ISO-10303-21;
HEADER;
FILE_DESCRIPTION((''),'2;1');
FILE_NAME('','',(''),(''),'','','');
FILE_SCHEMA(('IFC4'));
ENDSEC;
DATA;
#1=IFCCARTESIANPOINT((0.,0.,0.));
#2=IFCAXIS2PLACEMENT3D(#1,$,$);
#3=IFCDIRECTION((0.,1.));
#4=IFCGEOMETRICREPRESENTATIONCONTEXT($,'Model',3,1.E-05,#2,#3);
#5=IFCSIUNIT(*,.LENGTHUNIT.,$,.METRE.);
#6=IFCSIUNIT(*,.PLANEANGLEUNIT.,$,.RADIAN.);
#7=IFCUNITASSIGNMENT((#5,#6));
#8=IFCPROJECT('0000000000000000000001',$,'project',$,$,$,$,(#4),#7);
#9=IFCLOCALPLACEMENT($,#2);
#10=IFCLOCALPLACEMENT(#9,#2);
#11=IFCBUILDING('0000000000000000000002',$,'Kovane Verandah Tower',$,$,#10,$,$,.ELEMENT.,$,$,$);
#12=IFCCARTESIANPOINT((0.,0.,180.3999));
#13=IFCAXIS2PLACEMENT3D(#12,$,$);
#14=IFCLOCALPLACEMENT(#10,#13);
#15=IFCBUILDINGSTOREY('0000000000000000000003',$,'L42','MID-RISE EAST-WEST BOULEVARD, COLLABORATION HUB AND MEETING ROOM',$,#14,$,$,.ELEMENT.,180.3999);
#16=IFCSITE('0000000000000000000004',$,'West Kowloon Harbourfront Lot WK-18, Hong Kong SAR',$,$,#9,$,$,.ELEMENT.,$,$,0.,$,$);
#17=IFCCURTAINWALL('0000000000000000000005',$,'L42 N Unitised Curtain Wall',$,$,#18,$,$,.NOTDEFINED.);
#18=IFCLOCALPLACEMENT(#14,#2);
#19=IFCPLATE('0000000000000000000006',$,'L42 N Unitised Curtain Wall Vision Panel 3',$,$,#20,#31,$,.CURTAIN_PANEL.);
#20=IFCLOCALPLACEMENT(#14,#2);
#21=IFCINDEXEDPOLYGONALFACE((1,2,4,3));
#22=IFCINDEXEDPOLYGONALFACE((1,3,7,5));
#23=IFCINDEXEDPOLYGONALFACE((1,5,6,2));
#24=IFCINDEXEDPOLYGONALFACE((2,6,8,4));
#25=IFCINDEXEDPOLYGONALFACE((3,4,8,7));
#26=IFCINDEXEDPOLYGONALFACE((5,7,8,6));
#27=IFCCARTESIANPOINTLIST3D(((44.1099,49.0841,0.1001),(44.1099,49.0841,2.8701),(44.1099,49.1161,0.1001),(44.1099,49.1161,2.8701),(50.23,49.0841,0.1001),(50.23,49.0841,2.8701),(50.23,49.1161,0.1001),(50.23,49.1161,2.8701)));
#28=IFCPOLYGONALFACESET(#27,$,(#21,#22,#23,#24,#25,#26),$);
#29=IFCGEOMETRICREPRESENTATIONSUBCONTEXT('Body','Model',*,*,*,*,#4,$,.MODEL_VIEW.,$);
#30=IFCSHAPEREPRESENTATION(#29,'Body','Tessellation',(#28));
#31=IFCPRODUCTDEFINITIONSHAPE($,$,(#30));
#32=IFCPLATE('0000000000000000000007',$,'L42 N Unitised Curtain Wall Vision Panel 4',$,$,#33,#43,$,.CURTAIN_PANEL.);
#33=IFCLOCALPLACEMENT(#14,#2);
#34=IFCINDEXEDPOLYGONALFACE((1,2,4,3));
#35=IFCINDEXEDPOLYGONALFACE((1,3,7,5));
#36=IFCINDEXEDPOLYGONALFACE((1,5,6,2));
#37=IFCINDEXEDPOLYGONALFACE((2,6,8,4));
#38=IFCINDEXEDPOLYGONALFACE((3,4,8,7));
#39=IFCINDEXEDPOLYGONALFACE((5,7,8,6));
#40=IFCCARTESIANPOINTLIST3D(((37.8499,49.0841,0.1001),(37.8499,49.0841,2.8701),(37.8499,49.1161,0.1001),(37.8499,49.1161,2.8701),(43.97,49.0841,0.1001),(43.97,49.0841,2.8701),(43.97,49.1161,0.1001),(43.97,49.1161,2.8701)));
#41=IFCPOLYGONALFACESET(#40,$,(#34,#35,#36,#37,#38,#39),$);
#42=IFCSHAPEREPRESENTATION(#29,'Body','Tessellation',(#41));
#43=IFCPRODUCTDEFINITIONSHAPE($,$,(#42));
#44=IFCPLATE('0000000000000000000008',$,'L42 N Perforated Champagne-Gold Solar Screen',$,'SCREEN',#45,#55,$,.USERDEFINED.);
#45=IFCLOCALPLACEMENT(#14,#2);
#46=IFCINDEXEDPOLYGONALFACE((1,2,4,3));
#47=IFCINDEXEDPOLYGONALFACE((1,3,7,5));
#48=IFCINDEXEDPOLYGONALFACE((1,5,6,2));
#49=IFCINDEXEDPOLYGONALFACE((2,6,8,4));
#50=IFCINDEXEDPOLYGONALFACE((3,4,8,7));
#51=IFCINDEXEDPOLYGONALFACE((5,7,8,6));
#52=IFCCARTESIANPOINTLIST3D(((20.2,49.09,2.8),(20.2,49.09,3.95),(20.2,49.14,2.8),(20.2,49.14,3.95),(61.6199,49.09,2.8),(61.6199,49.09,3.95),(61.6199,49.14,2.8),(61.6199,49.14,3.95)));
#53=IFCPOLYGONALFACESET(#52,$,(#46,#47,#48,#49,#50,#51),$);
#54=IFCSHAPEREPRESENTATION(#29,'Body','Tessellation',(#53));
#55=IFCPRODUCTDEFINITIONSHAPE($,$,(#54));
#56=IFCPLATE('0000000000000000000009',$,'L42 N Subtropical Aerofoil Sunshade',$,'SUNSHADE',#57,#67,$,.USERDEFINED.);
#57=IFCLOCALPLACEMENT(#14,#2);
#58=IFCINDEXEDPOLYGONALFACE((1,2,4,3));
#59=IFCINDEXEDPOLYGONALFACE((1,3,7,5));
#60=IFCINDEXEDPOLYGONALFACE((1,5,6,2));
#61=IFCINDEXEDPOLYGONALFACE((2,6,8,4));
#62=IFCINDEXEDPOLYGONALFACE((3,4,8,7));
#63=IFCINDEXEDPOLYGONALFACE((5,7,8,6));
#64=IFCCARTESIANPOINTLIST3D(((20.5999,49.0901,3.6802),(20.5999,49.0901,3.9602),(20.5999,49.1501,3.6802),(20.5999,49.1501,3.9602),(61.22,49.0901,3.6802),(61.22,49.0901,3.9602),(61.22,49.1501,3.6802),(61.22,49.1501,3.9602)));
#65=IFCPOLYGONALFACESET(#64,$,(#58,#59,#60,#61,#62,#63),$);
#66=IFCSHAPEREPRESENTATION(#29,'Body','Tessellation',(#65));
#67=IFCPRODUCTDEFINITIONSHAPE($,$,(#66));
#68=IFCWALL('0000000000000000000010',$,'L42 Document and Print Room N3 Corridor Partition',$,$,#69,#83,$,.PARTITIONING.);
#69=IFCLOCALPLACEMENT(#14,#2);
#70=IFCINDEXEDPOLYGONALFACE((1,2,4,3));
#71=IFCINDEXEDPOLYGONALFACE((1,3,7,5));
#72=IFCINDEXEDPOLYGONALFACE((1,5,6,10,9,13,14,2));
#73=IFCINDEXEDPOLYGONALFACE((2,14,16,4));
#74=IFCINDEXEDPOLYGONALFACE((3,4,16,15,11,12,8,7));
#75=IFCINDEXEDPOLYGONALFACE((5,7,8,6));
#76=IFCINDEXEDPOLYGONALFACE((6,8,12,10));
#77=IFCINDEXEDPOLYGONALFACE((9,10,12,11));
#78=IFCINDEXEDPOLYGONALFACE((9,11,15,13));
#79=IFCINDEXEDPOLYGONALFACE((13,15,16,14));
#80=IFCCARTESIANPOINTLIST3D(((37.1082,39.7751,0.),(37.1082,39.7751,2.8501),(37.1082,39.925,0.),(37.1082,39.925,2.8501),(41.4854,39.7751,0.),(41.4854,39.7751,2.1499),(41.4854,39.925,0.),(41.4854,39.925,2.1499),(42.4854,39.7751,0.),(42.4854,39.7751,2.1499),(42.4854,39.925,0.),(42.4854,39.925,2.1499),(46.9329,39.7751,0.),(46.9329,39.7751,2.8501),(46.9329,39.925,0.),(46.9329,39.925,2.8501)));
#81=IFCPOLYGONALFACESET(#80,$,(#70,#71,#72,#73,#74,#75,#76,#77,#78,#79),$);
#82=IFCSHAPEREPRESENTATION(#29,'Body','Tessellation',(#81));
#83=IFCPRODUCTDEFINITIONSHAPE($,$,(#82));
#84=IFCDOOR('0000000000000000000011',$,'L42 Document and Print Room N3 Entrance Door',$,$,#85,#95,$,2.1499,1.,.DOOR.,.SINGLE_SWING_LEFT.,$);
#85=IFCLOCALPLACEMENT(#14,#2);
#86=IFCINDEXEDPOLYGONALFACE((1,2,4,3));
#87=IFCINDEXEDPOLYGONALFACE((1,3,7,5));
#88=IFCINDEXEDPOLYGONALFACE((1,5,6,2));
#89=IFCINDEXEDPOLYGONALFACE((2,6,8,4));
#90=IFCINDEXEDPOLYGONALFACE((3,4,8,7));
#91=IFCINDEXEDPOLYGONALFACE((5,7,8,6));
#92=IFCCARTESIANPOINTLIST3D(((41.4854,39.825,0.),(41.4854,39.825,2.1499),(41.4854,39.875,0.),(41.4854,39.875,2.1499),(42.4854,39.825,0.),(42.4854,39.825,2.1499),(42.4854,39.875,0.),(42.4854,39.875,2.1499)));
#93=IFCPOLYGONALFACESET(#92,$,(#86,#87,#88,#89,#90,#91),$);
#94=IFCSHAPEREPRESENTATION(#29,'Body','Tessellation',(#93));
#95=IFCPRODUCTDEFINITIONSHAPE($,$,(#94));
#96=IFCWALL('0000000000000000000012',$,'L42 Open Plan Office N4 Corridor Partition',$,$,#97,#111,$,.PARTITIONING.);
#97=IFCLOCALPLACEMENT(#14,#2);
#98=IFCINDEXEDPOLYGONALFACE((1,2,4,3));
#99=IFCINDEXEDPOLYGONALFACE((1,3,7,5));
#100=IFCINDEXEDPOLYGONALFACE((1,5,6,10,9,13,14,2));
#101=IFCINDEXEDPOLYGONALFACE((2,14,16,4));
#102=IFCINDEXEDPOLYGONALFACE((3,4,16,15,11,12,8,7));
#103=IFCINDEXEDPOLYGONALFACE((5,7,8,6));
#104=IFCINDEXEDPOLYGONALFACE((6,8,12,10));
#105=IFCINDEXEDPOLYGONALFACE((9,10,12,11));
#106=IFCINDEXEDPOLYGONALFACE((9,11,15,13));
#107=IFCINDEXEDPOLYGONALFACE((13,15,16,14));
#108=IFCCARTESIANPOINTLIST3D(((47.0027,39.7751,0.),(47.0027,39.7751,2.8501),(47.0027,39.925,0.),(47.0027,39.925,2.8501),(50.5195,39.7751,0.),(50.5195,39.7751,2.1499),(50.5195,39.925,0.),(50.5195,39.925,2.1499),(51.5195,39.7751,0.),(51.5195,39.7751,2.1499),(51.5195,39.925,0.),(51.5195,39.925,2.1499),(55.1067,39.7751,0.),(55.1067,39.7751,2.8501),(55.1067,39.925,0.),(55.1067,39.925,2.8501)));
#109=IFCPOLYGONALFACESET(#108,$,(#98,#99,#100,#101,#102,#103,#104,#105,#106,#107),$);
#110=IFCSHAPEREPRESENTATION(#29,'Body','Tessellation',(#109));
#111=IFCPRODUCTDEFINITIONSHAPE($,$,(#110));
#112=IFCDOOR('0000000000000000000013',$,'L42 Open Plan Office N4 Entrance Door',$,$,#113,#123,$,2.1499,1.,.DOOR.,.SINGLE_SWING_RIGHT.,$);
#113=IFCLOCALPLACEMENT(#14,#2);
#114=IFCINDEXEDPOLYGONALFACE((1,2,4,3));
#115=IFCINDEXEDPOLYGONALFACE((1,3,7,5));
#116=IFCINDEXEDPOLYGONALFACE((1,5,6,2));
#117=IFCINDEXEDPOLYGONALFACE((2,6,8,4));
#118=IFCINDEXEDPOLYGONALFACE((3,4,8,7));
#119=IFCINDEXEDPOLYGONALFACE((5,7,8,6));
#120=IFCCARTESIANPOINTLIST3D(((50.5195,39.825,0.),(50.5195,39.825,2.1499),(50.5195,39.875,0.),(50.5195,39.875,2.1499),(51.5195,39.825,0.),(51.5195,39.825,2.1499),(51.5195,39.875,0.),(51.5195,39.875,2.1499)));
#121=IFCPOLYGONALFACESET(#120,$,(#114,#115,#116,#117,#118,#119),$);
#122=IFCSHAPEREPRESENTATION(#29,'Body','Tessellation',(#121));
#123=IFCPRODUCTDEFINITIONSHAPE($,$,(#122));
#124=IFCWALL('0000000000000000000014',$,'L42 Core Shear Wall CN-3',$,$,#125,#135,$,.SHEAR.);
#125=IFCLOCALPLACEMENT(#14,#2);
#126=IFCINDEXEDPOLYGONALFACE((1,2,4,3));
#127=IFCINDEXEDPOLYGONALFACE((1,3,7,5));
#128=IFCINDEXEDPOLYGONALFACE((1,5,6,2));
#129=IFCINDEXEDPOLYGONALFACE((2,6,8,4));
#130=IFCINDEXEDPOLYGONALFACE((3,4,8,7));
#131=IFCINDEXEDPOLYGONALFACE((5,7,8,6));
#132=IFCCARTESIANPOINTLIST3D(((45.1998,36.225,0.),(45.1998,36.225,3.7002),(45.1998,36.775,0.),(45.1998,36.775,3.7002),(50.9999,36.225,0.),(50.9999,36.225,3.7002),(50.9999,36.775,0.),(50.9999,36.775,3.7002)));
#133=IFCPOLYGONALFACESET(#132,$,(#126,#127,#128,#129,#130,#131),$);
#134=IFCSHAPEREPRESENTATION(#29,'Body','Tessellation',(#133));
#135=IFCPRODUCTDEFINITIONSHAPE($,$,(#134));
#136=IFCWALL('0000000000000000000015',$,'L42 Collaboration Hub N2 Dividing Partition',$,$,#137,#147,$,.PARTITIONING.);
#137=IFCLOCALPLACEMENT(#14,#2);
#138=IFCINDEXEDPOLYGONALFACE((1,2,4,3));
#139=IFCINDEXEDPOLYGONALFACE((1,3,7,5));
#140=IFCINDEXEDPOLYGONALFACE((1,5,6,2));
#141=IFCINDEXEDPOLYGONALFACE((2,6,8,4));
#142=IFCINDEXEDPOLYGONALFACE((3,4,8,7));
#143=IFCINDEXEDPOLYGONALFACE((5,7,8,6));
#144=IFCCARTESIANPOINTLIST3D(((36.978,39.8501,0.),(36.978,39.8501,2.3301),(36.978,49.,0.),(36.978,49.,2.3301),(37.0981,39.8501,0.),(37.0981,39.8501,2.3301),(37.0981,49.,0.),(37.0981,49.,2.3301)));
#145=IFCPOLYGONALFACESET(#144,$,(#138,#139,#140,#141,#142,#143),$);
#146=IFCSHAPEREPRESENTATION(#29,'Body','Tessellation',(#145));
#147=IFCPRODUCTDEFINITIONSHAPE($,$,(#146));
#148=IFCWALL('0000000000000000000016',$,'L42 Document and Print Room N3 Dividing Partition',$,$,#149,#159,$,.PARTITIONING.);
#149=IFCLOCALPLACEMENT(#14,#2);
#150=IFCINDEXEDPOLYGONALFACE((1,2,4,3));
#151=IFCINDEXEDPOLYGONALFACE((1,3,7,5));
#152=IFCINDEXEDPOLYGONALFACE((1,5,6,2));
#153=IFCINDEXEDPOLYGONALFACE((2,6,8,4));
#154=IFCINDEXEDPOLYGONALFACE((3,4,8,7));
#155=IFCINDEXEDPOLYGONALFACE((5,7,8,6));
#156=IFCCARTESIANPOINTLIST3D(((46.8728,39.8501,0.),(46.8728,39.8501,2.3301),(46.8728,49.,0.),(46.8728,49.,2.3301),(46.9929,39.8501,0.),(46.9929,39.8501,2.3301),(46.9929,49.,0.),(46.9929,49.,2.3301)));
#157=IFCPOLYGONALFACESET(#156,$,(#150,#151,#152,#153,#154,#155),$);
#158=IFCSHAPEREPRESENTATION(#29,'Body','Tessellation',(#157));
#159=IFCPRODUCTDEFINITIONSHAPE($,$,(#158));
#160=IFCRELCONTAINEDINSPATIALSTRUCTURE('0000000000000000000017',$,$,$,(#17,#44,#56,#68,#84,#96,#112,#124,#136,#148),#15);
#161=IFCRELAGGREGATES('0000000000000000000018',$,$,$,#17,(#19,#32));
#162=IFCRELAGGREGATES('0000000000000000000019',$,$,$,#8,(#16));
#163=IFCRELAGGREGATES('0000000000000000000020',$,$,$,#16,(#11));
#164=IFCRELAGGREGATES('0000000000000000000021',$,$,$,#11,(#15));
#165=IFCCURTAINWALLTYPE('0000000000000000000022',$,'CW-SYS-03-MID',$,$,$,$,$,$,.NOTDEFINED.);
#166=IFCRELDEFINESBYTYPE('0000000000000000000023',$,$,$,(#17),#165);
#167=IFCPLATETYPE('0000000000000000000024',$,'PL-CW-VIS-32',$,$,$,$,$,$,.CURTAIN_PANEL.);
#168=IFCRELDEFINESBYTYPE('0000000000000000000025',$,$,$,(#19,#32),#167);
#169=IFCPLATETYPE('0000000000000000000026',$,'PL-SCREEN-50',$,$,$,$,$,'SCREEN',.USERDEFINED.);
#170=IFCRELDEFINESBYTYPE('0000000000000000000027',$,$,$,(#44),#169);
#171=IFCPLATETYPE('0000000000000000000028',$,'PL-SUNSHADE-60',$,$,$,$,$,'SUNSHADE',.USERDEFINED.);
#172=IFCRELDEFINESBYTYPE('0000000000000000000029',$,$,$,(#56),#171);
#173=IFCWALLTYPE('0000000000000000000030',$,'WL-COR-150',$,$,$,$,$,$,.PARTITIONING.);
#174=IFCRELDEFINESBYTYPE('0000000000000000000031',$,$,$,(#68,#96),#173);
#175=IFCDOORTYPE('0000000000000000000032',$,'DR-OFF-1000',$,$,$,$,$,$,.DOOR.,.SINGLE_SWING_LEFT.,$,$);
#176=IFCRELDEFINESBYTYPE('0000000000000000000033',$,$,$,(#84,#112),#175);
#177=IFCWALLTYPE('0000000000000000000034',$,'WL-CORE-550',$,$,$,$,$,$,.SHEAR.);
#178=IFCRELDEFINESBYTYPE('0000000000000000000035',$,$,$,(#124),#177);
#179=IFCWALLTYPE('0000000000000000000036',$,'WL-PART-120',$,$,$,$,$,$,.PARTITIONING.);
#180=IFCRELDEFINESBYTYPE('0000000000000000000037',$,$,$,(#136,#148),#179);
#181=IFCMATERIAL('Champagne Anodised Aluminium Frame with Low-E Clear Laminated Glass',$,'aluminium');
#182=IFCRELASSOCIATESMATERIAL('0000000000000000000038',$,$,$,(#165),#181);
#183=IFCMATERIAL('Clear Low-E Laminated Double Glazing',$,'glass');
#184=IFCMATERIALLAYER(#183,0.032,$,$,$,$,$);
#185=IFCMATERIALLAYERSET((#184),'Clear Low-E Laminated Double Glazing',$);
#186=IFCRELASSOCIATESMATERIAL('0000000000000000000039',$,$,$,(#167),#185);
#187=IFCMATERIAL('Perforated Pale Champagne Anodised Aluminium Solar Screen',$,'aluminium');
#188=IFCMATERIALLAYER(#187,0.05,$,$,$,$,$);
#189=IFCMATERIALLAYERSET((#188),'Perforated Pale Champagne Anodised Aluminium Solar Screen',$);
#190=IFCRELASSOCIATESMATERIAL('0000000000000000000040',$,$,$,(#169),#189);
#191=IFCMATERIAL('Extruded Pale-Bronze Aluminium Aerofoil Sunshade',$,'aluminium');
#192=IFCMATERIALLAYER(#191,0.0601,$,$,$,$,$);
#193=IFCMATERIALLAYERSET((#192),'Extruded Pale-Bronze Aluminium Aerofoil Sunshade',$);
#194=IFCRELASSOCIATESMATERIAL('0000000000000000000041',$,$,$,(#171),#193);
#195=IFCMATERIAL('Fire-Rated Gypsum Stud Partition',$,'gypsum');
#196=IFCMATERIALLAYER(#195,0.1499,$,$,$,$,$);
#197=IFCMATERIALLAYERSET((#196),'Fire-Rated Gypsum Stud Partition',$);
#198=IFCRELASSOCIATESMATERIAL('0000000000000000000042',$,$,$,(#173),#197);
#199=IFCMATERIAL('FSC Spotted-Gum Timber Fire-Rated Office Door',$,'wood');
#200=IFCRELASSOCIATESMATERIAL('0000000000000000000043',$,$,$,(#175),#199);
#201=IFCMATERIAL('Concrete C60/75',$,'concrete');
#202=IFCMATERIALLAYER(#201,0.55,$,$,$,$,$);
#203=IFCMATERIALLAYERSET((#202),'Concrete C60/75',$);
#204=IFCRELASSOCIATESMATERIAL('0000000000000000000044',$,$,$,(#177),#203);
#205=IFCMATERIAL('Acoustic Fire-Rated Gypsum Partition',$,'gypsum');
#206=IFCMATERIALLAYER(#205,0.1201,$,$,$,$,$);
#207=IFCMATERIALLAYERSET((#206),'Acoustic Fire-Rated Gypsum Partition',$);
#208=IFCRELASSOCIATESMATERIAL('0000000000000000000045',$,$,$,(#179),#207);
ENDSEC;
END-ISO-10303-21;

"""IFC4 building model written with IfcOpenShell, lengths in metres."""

from ifc_helpers import new_model, si_unit, direction, frame, frame_2d, origin, origin_2d, place, context, subcontext, project, spatial, rectangle, extrude, material, layer, layer_set, type_object, element, fill, aggregate, save


model = new_model("IFC4")

# Units and contexts
model_context = context("Model", 3, precision=1e-05, world=origin(), true_north=direction((0.0, 1.0)))
body_context = subcontext(model_context, "Body", "Model", "MODEL_VIEW")
ifc_project = project(units=[si_unit("LENGTHUNIT", "METRE"), si_unit("PLANEANGLEUNIT", "RADIAN")], contexts=[model_context])

# Site, building, storey
site_placement = place(None, origin())
site = spatial("IfcSite", under=ifc_project, at=site_placement, Name="West Kowloon Harbourfront Lot WK-18, Hong Kong SAR", CompositionType="ELEMENT", RefElevation=0.0)
building_placement = place(site_placement, origin())
building = spatial("IfcBuilding", under=site, at=building_placement, Name="Kovane Verandah Tower", CompositionType="ELEMENT")
storey_placement = place(building_placement, frame((0.0, 0.0, 180.3999)))
storey = spatial("IfcBuildingStorey", under=building, at=storey_placement, Name="L42", Description="MID-RISE EAST-WEST BOULEVARD, COLLABORATION HUB AND MEETING ROOM", CompositionType="ELEMENT", Elevation=180.3999)

# Shared definitions
ifc_material_1 = material(Name="Concrete C60/75", Category="concrete")

# Curtain wall, plates
ifc_material_2 = material(Name="Champagne Anodised Aluminium Frame with Low-E Clear Laminated Glass", Category="aluminium")
curtain_wall_type = type_object("IfcCurtainWallType", Name="CW-SYS-03-MID", PredefinedType="NOTDEFINED", material=ifc_material_2)
curtain_wall_placement = place(storey_placement, origin())
curtain_wall = element("IfcCurtainWall", 1, at=curtain_wall_placement, inside=storey, type_object=curtain_wall_type, Name="L42 N Unitised Curtain Wall", PredefinedType="NOTDEFINED")
ifc_material_3 = material(Name="Clear Low-E Laminated Double Glazing", Category="glass")
ifc_layer_1 = layer(ifc_material_3, 0.032)
ifc_layer_set_1 = layer_set([ifc_layer_1], Name="Clear Low-E Laminated Double Glazing")
plate_type_1 = type_object("IfcPlateType", Name="PL-CW-VIS-32", PredefinedType="CURTAIN_PANEL", material=ifc_layer_set_1)
plate_1_placement = place(storey_placement, frame((47.1699, 49.1001, 0.1001), z_axis=(0.0, 0.0, 1.0), x_axis=(-1.0, 0.0, 0.0)))
plate_1 = element("IfcPlate", 2, at=plate_1_placement, type_object=plate_type_1, Name="L42 N Unitised Curtain Wall Vision Panel 3", PredefinedType="CURTAIN_PANEL", context=body_context, shape_type="SweptSolid", body=[
    extrude(rectangle(XDim=6.1201, YDim=0.032, at=origin_2d()), origin(), (0.0, 0.0, 1.0), 2.77),
])
plate_2_placement = place(storey_placement, frame((40.9099, 49.1001, 0.1001), z_axis=(0.0, 0.0, 1.0), x_axis=(-1.0, 0.0, 0.0)))
plate_2 = element("IfcPlate", 3, at=plate_2_placement, type_object=plate_type_1, Name="L42 N Unitised Curtain Wall Vision Panel 4", PredefinedType="CURTAIN_PANEL", context=body_context, shape_type="SweptSolid", body=[
    extrude(rectangle(XDim=6.1201, YDim=0.032, at=origin_2d()), origin(), (0.0, 0.0, 1.0), 2.77),
])
aggregate(curtain_wall, [plate_1, plate_2])

# Plates
ifc_material_4 = material(Name="Perforated Pale Champagne Anodised Aluminium Solar Screen", Category="aluminium")
ifc_layer_2 = layer(ifc_material_4, 0.05)
ifc_layer_set_2 = layer_set([ifc_layer_2], Name="Perforated Pale Champagne Anodised Aluminium Solar Screen")
plate_type_2 = type_object("IfcPlateType", Name="PL-SCREEN-50", ElementType="SCREEN", PredefinedType="USERDEFINED", material=ifc_layer_set_2)
plate_3_placement = place(storey_placement, frame((40.9099, 49.115, 2.8), z_axis=(0.0, 0.0, 1.0), x_axis=(-1.0, 0.0, 0.0)))
element("IfcPlate", 4, at=plate_3_placement, inside=storey, type_object=plate_type_2, Name="L42 N Perforated Champagne-Gold Solar Screen", ObjectType="SCREEN", PredefinedType="USERDEFINED", context=body_context, shape_type="SweptSolid", body=[
    extrude(rectangle(XDim=41.4199, YDim=0.05, at=origin_2d()), origin(), (0.0, 0.0, 1.0), 1.1499),
])
ifc_material_5 = material(Name="Extruded Pale-Bronze Aluminium Aerofoil Sunshade", Category="aluminium")
ifc_layer_3 = layer(ifc_material_5, 0.0601)
ifc_layer_set_3 = layer_set([ifc_layer_3], Name="Extruded Pale-Bronze Aluminium Aerofoil Sunshade")
plate_type_3 = type_object("IfcPlateType", Name="PL-SUNSHADE-60", ElementType="SUNSHADE", PredefinedType="USERDEFINED", material=ifc_layer_set_3)
plate_4_placement = place(storey_placement, frame((40.9099, 49.1201, 3.6802), z_axis=(0.0, 0.0, 1.0), x_axis=(-1.0, 0.0, 0.0)))
element("IfcPlate", 5, at=plate_4_placement, inside=storey, type_object=plate_type_3, Name="L42 N Subtropical Aerofoil Sunshade", ObjectType="SUNSHADE", PredefinedType="USERDEFINED", context=body_context, shape_type="SweptSolid", body=[
    extrude(rectangle(XDim=40.6201, YDim=0.0601, at=origin_2d()), origin(), (0.0, 0.0, 1.0), 0.28),
])

# Walls, openings, doors
ifc_material_6 = material(Name="Fire-Rated Gypsum Stud Partition", Category="gypsum")
ifc_layer_4 = layer(ifc_material_6, 0.1499)
ifc_layer_set_4 = layer_set([ifc_layer_4], Name="Fire-Rated Gypsum Stud Partition")
wall_type_1 = type_object("IfcWallType", Name="WL-COR-150", PredefinedType="PARTITIONING", material=ifc_layer_set_4)
wall_1_placement = place(storey_placement, frame((37.1082, 39.8501, 0.0), z_axis=(0.0, 0.0, 1.0), x_axis=(1.0, 0.0, 0.0)))
wall_1 = element("IfcWall", 6, at=wall_1_placement, inside=storey, type_object=wall_type_1, Name="L42 Document and Print Room N3 Corridor Partition", PredefinedType="PARTITIONING", context=body_context, shape_type="SweptSolid", body=[
    extrude(rectangle(XDim=9.8247, YDim=0.1499, at=frame_2d((4.9124, 0.0))), origin(), (0.0, 0.0, 1.0), 2.8501),
])
opening_1_placement = place(wall_1_placement, frame((4.3772, 0.0, 0.0)))
opening_1 = element("IfcOpeningElement", 7, at=opening_1_placement, cuts=wall_1, PredefinedType="OPENING", context=body_context, shape_type="SweptSolid", body=[
    extrude(rectangle(XDim=1.0, YDim=2.1499, at=frame_2d((0.5, 1.075))), frame((0.0, 0.075, 0.0), z_axis=(0.0, -1.0, 0.0), x_axis=(1.0, 0.0, 0.0)), (0.0, 0.0, 1.0), 0.1499),
])
ifc_material_7 = material(Name="FSC Spotted-Gum Timber Fire-Rated Office Door", Category="wood")
door_type = type_object("IfcDoorType", Name="DR-OFF-1000", OperationType="SINGLE_SWING_LEFT", PredefinedType="DOOR", material=ifc_material_7)
door_1_placement = place(opening_1_placement, origin())
door_1 = element("IfcDoor", 8, at=door_1_placement, inside=storey, type_object=door_type, Name="L42 Document and Print Room N3 Entrance Door", OperationType="SINGLE_SWING_LEFT", OverallHeight=2.1499, OverallWidth=1.0, PredefinedType="DOOR", context=body_context, shape_type="SweptSolid", body=[
    extrude(rectangle(XDim=1.0, YDim=2.1499, at=frame_2d((0.5, 1.075))), frame((0.0, 0.0249, 0.0), z_axis=(0.0, -1.0, 0.0), x_axis=(1.0, 0.0, 0.0)), (0.0, 0.0, 1.0), 0.05),
])
fill(opening_1, door_1)
wall_2_placement = place(storey_placement, frame((47.0027, 39.8501, 0.0), z_axis=(0.0, 0.0, 1.0), x_axis=(1.0, 0.0, 0.0)))
wall_2 = element("IfcWall", 9, at=wall_2_placement, inside=storey, type_object=wall_type_1, Name="L42 Open Plan Office N4 Corridor Partition", PredefinedType="PARTITIONING", context=body_context, shape_type="SweptSolid", body=[
    extrude(rectangle(XDim=8.104, YDim=0.1499, at=frame_2d((4.052, 0.0))), origin(), (0.0, 0.0, 1.0), 2.8501),
])
opening_2_placement = place(wall_2_placement, frame((3.5168, 0.0, 0.0)))
opening_2 = element("IfcOpeningElement", 10, at=opening_2_placement, cuts=wall_2, PredefinedType="OPENING", context=body_context, shape_type="SweptSolid", body=[
    extrude(rectangle(XDim=1.0, YDim=2.1499, at=frame_2d((0.5, 1.075))), frame((0.0, 0.075, 0.0), z_axis=(0.0, -1.0, 0.0), x_axis=(1.0, 0.0, 0.0)), (0.0, 0.0, 1.0), 0.1499),
])
door_2_placement = place(opening_2_placement, origin())
door_2 = element("IfcDoor", 11, at=door_2_placement, inside=storey, type_object=door_type, Name="L42 Open Plan Office N4 Entrance Door", OperationType="SINGLE_SWING_RIGHT", OverallHeight=2.1499, OverallWidth=1.0, PredefinedType="DOOR", context=body_context, shape_type="SweptSolid", body=[
    extrude(rectangle(XDim=1.0, YDim=2.1499, at=frame_2d((0.5, 1.075))), frame((0.0, 0.0249, 0.0), z_axis=(0.0, -1.0, 0.0), x_axis=(1.0, 0.0, 0.0)), (0.0, 0.0, 1.0), 0.05),
])
fill(opening_2, door_2)

# Walls
ifc_layer_5 = layer(ifc_material_1, 0.55)
ifc_layer_set_5 = layer_set([ifc_layer_5], Name="Concrete C60/75")
wall_type_2 = type_object("IfcWallType", Name="WL-CORE-550", PredefinedType="SHEAR", material=ifc_layer_set_5)
wall_3_placement = place(storey_placement, frame((45.2, 36.5, 0.0), z_axis=(0.0, 0.0, 1.0), x_axis=(1.0, 0.0, 0.0)))
element("IfcWall", 12, at=wall_3_placement, inside=storey, type_object=wall_type_2, Name="L42 Core Shear Wall CN-3", PredefinedType="SHEAR", context=body_context, shape_type="SweptSolid", body=[
    extrude(rectangle(XDim=5.8, YDim=0.55, at=frame_2d((2.8999, 0.0))), origin(), (0.0, 0.0, 1.0), 3.7002),
])
ifc_material_8 = material(Name="Acoustic Fire-Rated Gypsum Partition", Category="gypsum")
ifc_layer_6 = layer(ifc_material_8, 0.1201)
ifc_layer_set_6 = layer_set([ifc_layer_6], Name="Acoustic Fire-Rated Gypsum Partition")
wall_type_3 = type_object("IfcWallType", Name="WL-PART-120", PredefinedType="PARTITIONING", material=ifc_layer_set_6)
for number, where, z_axis, x_axis, name in (
    (13, (37.0381, 39.8501, 0.0), (0.0, 0.0, 1.0), (0.0, 1.0, 0.0), "L42 Collaboration Hub N2 Dividing Partition"),
    (14, (46.9329, 39.8501, 0.0), (0.0, 0.0, 1.0), (0.0, 1.0, 0.0), "L42 Document and Print Room N3 Dividing Partition"),
):
    element("IfcWall", number, at=place(storey_placement, frame(where, z_axis=z_axis, x_axis=x_axis)), inside=storey, type_object=wall_type_3, Name=name, PredefinedType="PARTITIONING", context=body_context, shape_type="SweptSolid", body=[
        extrude(rectangle(XDim=9.1499, YDim=0.1201, at=frame_2d((4.575, 0.0))), origin(), (0.0, 0.0, 1.0), 2.3301),
    ])

save(model, "model.ifc")
